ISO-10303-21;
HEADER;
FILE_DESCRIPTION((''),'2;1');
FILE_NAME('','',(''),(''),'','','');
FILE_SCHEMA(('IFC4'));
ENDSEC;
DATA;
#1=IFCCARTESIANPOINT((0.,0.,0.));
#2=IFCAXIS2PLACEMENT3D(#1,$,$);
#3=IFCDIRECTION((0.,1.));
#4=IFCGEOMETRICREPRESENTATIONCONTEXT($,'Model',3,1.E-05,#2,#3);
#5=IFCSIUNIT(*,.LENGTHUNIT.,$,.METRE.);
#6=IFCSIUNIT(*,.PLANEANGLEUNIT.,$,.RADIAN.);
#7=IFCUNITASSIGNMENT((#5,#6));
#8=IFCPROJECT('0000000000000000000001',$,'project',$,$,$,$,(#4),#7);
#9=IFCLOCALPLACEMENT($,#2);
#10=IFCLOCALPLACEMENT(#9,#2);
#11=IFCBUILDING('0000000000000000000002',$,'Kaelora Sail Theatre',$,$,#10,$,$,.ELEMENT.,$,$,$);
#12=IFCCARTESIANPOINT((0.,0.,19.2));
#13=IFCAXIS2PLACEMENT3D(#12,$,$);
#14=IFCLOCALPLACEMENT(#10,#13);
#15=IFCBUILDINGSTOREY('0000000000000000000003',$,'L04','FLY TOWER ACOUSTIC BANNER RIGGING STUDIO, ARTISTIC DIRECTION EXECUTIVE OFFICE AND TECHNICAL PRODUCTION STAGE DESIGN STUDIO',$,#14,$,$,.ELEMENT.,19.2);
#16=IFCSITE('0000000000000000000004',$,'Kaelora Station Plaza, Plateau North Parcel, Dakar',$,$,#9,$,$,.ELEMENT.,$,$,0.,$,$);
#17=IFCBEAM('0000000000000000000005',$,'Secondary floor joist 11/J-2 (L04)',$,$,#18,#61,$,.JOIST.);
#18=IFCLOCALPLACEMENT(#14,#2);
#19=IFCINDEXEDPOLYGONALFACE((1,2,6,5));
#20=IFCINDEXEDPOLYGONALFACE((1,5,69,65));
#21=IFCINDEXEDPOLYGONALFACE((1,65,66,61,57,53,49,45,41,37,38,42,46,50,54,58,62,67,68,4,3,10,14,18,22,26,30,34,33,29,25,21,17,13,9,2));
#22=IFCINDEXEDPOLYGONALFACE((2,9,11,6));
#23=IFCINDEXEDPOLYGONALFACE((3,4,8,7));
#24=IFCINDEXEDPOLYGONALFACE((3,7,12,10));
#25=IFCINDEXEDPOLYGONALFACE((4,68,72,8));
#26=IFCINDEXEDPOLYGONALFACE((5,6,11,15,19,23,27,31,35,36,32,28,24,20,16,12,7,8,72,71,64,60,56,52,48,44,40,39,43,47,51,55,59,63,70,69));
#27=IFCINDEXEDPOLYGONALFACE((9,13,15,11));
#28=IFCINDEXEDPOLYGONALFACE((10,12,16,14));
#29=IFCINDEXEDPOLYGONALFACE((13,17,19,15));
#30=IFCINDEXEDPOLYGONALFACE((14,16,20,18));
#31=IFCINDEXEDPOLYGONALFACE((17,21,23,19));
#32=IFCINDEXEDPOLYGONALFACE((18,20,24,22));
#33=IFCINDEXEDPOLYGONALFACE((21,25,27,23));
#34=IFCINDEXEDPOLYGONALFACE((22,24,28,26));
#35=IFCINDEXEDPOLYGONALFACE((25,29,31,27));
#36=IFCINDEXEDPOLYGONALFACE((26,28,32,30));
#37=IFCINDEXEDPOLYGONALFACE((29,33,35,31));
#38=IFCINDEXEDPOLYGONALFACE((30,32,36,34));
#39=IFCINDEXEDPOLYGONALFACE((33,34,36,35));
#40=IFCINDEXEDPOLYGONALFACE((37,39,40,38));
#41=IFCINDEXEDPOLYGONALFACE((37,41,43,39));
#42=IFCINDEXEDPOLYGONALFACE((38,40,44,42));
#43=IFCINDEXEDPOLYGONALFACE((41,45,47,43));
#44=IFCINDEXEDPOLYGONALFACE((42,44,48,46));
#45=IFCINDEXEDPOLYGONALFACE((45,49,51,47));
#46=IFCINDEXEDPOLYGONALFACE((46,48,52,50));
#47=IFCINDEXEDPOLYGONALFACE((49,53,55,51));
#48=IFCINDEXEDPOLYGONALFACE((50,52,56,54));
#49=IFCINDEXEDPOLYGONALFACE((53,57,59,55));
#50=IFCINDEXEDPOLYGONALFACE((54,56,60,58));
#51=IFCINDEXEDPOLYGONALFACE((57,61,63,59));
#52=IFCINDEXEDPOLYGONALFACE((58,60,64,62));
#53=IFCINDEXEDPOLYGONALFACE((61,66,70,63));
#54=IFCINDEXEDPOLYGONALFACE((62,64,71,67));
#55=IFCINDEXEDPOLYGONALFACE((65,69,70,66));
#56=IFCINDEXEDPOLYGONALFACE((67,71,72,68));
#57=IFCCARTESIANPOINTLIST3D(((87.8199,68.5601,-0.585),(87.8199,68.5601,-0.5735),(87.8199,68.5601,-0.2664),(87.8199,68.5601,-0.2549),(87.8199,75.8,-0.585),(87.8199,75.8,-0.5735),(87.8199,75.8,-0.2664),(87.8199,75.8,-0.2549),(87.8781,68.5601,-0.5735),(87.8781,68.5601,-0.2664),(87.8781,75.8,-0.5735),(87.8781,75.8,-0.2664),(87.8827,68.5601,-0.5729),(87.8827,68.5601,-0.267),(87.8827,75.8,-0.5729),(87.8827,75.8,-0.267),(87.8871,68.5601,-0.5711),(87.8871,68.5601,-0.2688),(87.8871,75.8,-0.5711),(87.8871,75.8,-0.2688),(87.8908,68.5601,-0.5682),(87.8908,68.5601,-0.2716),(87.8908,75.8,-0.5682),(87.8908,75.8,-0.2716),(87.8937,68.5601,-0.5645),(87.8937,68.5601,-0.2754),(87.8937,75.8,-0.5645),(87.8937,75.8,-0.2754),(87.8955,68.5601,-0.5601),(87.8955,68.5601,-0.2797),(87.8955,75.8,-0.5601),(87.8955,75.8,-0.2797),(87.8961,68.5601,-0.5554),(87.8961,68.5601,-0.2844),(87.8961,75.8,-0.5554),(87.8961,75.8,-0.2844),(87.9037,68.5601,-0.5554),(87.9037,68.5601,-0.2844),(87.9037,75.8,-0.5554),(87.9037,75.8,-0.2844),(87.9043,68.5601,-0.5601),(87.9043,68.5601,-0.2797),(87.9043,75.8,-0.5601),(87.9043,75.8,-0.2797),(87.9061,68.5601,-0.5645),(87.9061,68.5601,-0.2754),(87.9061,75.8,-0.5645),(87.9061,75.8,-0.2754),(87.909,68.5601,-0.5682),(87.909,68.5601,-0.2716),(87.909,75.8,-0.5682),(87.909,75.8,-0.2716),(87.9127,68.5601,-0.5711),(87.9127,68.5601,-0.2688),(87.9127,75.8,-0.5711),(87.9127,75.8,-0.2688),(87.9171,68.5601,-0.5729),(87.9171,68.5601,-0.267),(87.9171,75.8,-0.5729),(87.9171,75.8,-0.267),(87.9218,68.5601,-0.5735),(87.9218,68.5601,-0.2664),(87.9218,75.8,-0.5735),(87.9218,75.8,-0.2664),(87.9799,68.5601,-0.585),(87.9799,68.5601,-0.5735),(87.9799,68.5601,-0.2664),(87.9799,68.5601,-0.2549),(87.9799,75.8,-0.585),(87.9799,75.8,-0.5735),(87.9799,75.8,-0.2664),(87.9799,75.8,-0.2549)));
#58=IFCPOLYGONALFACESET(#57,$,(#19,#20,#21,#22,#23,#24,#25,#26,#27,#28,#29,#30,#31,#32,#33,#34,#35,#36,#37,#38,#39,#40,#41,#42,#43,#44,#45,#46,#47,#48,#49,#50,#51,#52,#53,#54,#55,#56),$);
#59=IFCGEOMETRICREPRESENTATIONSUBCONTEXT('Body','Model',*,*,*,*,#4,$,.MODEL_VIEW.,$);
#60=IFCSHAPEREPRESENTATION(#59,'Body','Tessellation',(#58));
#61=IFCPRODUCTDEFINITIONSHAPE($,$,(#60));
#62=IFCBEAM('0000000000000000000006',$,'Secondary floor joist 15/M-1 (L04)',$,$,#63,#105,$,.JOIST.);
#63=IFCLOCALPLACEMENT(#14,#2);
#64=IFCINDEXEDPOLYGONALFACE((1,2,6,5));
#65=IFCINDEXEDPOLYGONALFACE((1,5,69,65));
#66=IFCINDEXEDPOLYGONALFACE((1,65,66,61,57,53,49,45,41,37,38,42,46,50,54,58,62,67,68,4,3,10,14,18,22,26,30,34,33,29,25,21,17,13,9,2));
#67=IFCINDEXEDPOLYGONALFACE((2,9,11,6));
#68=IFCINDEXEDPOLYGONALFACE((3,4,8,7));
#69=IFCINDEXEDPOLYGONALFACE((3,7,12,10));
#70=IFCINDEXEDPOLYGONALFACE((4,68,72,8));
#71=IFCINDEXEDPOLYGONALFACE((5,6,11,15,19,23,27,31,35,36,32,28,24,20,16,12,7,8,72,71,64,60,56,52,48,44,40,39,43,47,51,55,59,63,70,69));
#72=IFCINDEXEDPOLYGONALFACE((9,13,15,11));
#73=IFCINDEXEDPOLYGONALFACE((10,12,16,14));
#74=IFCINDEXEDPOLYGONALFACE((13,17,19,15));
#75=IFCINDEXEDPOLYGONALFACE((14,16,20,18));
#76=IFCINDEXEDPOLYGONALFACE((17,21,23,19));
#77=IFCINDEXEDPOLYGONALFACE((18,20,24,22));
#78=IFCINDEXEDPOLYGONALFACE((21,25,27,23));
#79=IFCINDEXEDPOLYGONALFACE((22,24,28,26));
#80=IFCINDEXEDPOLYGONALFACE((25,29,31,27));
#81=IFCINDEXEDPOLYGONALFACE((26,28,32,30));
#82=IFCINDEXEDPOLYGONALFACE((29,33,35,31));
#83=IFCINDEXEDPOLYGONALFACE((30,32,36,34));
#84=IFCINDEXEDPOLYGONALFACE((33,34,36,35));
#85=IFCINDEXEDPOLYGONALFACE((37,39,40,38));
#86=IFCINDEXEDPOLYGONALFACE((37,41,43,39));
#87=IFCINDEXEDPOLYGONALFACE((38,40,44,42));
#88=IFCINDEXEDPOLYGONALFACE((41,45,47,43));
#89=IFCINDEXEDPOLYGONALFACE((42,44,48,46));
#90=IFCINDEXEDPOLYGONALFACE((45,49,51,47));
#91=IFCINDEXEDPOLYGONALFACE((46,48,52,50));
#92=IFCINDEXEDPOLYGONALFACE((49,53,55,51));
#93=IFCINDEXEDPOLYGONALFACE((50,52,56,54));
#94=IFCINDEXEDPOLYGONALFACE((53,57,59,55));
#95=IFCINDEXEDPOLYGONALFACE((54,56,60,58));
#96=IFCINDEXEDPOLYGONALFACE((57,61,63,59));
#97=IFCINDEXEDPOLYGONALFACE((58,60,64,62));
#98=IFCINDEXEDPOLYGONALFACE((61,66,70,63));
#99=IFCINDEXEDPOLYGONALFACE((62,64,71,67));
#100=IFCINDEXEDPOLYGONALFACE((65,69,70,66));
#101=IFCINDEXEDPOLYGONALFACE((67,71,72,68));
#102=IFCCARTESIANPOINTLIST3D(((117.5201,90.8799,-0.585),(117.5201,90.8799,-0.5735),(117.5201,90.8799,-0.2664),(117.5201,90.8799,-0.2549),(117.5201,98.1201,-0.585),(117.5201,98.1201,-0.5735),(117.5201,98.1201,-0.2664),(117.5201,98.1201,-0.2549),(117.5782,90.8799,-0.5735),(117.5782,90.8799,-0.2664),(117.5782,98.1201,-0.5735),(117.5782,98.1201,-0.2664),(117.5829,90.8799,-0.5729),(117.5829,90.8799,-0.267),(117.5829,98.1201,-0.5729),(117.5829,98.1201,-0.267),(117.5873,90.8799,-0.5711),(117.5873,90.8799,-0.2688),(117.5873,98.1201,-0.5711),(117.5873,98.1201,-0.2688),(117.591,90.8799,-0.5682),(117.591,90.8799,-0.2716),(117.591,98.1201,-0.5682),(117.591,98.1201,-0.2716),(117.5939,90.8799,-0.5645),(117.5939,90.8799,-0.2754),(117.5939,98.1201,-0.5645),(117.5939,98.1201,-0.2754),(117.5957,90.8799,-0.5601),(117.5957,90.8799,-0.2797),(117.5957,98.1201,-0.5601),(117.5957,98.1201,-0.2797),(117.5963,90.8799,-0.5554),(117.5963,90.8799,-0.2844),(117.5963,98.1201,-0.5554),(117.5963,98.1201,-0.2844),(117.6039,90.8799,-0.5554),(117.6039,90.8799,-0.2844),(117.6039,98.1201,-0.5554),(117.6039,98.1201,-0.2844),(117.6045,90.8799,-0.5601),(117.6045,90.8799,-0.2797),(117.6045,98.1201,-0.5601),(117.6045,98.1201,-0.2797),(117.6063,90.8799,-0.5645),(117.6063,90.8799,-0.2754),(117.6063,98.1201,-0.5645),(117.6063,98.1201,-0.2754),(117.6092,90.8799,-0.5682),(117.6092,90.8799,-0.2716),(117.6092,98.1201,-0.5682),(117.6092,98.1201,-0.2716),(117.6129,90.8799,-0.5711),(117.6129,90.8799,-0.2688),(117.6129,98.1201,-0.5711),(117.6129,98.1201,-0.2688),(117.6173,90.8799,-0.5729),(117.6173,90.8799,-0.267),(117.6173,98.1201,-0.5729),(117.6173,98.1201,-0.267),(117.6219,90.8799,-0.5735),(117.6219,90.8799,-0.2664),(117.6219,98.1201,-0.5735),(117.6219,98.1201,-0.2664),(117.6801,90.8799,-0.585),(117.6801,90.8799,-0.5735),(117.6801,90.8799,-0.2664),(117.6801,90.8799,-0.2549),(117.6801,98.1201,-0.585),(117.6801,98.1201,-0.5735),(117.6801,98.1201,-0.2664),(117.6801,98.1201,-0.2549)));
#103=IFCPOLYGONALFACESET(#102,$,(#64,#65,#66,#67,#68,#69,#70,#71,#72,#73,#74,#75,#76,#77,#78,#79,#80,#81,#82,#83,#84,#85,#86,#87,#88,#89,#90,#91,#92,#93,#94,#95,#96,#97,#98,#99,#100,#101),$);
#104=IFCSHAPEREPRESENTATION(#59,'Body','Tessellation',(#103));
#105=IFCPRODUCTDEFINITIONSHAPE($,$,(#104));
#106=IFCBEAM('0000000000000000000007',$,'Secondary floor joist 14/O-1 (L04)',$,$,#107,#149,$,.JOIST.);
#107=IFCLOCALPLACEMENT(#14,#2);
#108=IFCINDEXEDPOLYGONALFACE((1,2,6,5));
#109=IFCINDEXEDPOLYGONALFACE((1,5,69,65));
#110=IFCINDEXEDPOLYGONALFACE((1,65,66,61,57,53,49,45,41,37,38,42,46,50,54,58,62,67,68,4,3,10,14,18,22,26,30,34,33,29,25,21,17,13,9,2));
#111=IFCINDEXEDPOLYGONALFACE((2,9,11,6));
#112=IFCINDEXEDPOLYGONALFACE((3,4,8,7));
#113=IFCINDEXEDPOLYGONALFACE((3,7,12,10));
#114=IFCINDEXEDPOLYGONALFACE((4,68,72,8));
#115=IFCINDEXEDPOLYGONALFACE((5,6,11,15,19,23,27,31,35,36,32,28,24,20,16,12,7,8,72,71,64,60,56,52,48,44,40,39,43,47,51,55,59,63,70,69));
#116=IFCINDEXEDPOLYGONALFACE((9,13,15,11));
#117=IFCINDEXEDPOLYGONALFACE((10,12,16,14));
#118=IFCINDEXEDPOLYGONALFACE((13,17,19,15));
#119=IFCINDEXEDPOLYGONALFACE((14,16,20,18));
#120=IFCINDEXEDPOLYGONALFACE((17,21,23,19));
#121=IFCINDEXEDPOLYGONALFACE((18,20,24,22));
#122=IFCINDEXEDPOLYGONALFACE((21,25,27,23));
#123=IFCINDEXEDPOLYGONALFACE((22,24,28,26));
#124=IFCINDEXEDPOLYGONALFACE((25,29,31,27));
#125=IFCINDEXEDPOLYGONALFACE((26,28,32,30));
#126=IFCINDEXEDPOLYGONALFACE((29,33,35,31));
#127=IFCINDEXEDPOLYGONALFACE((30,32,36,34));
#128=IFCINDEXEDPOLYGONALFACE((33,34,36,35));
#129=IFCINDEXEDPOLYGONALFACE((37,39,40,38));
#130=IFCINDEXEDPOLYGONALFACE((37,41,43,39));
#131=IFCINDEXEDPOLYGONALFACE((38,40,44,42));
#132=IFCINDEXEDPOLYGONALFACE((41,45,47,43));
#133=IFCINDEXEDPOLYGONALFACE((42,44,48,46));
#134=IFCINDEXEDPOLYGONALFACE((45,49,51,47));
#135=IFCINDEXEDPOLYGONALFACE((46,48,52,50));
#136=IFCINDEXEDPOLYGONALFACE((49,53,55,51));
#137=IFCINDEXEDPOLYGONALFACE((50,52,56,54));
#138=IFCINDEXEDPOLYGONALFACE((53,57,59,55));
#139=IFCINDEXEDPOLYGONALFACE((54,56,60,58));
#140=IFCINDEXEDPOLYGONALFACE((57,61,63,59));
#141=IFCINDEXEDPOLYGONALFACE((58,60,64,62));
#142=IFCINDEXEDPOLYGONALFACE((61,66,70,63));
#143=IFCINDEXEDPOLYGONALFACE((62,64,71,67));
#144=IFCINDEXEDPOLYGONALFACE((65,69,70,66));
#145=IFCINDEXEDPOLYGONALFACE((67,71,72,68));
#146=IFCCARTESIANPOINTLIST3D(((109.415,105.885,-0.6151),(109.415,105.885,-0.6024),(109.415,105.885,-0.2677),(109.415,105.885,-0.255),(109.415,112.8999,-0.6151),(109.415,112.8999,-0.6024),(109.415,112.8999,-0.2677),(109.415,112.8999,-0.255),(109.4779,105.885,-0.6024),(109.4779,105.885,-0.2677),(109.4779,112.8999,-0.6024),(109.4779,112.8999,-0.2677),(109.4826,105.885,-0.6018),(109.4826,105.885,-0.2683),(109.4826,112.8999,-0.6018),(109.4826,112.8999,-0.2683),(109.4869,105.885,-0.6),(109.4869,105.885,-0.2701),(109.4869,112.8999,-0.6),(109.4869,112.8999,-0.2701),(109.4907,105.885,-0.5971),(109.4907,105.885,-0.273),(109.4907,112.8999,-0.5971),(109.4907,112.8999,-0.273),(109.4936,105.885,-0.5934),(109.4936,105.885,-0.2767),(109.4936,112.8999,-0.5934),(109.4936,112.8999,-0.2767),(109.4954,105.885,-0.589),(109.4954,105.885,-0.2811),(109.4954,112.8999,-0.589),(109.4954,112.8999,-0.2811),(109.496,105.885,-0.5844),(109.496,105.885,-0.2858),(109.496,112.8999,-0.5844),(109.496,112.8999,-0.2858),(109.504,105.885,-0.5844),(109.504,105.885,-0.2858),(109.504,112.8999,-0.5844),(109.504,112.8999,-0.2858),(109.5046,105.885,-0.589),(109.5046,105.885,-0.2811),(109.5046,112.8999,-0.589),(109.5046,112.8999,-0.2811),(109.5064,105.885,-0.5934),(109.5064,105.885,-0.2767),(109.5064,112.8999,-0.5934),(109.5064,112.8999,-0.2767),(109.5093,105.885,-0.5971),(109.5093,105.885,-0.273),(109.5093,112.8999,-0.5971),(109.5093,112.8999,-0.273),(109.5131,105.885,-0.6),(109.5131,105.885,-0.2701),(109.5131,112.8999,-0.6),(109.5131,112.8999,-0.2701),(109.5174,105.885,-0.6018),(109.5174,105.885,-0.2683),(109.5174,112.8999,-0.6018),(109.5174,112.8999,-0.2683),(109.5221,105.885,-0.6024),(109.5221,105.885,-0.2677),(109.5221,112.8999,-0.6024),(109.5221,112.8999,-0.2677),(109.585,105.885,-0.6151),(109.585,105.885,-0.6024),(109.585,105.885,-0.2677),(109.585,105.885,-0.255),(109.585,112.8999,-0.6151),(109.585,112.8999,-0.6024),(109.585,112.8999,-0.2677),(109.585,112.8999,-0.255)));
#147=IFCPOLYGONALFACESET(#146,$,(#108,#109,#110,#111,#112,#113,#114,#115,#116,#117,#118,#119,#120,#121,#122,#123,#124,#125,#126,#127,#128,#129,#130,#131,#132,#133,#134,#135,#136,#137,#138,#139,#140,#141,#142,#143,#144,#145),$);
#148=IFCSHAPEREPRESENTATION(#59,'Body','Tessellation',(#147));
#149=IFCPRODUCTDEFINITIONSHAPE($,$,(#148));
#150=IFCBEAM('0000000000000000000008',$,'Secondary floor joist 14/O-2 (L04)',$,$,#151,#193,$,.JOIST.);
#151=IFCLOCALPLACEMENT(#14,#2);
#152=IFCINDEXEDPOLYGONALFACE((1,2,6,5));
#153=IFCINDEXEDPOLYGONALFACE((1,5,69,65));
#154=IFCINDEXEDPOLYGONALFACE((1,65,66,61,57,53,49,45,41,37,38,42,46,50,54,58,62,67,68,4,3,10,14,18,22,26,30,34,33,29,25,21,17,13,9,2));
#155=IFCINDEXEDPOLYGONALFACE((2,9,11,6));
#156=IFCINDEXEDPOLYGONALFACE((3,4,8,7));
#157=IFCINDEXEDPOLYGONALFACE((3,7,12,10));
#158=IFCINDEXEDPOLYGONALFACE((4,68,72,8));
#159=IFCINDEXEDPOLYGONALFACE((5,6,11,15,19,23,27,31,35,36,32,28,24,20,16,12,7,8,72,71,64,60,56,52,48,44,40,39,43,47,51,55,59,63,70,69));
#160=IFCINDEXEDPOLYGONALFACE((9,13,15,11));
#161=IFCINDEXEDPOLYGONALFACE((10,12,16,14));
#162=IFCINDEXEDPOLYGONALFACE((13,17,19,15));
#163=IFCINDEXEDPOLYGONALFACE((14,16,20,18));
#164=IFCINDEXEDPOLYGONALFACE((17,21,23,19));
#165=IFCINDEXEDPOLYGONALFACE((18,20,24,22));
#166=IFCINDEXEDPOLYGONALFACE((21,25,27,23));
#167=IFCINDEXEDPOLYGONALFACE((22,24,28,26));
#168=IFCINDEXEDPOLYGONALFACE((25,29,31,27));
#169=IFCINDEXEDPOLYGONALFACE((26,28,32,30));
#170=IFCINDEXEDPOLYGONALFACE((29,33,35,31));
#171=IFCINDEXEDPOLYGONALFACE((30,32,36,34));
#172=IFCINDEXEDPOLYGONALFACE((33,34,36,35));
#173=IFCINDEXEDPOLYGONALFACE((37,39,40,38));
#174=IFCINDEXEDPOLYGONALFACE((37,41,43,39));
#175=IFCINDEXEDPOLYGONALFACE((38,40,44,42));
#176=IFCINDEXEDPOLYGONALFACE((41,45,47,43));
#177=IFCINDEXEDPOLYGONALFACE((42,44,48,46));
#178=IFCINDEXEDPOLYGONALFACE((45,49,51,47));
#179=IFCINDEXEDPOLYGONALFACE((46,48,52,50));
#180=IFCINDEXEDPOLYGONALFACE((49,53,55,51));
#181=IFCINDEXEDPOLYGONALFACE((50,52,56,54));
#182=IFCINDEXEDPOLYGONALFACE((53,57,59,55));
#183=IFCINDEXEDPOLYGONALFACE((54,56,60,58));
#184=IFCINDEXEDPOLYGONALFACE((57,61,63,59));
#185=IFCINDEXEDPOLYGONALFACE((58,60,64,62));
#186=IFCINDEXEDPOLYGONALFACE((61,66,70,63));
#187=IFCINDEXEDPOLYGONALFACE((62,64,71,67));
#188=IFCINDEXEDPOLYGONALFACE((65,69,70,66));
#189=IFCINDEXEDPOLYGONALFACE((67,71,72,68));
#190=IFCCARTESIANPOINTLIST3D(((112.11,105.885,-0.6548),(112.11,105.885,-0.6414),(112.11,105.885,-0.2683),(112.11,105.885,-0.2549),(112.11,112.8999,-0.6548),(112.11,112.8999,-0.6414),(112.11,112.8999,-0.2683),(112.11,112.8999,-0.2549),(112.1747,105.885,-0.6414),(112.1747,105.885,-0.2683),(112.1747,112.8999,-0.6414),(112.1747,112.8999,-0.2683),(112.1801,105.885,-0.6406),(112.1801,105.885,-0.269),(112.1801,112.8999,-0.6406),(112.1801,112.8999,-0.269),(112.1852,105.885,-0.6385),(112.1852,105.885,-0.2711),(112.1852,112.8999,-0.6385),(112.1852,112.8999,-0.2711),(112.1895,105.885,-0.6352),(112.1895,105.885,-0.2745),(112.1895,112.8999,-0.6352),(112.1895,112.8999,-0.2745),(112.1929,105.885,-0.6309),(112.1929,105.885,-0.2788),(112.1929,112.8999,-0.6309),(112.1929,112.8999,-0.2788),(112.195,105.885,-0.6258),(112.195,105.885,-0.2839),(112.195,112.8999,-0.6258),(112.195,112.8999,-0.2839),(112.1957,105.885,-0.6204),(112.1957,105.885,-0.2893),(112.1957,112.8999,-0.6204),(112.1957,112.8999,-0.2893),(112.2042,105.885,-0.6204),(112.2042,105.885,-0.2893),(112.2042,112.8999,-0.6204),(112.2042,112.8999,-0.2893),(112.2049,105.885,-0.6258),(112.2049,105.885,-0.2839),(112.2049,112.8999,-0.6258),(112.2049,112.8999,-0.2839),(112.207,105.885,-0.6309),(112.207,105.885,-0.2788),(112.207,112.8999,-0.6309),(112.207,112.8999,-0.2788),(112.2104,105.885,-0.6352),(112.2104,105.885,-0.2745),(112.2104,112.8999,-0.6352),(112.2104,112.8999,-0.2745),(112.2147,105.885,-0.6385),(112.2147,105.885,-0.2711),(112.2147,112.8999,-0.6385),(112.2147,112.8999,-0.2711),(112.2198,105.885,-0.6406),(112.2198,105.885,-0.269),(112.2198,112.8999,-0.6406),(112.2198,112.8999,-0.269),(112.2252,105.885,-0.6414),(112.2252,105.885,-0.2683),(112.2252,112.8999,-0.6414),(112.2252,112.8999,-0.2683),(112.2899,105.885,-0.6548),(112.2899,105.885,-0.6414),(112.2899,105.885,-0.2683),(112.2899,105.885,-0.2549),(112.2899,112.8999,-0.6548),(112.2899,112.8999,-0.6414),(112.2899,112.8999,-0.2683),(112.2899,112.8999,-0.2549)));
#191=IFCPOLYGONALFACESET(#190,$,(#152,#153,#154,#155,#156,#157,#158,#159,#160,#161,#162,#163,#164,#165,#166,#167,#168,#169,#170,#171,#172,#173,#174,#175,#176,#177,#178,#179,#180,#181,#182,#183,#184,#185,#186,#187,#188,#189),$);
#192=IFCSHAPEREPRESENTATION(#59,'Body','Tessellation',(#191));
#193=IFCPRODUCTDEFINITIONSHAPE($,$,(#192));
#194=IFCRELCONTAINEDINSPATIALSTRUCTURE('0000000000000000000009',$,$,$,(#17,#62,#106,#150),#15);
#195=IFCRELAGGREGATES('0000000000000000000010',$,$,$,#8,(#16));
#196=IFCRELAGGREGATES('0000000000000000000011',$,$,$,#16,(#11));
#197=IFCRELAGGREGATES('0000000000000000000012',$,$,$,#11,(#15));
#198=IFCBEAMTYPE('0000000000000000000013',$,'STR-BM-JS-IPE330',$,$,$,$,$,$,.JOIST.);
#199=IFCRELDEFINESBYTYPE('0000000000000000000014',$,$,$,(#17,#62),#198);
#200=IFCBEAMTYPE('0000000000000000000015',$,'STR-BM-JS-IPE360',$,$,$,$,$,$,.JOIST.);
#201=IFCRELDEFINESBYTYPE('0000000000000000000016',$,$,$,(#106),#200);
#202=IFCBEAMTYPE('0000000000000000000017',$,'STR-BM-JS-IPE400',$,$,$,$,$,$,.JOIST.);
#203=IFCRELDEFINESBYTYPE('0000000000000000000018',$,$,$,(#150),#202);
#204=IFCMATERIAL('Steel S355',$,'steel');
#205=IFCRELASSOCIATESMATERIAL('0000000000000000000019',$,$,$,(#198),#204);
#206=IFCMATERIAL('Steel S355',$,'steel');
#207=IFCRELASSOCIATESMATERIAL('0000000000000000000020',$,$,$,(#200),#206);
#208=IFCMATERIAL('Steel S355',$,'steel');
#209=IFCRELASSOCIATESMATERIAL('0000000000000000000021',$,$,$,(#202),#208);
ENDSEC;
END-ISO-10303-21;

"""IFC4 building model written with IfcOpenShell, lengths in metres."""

from ifc_helpers import new_model, si_unit, direction, frame, origin, origin_2d, place, context, subcontext, project, spatial, i_section, extrude, material, material_profile, profile_set, type_object, element, save


model = new_model("IFC4")

# Units and contexts
model_context = context("Model", 3, precision=1e-05, world=origin(), true_north=direction((0.0, 1.0)))
body_context = subcontext(model_context, "Body", "Model", "MODEL_VIEW")
ifc_project = project(units=[si_unit("LENGTHUNIT", "METRE"), si_unit("PLANEANGLEUNIT", "RADIAN")], contexts=[model_context])

# Site, building, storey
site_placement = place(None, origin())
site = spatial("IfcSite", under=ifc_project, at=site_placement, Name="Kaelora Station Plaza, Plateau North Parcel, Dakar", CompositionType="ELEMENT", RefElevation=0.0)
building_placement = place(site_placement, origin())
building = spatial("IfcBuilding", under=site, at=building_placement, Name="Kaelora Sail Theatre", CompositionType="ELEMENT")
storey_placement = place(building_placement, frame((0.0, 0.0, 19.2)))
storey = spatial("IfcBuildingStorey", under=building, at=storey_placement, Name="L04", Description="FLY TOWER ACOUSTIC BANNER RIGGING STUDIO, ARTISTIC DIRECTION EXECUTIVE OFFICE AND TECHNICAL PRODUCTION STAGE DESIGN STUDIO", CompositionType="ELEMENT", Elevation=19.2)

# Beams
ifc_material_1 = material(Name="Steel S355", Category="steel")
ifc_material_profile_1 = material_profile(ifc_material_1, i_section(OverallWidth=0.1599, OverallDepth=0.3301, WebThickness=0.0076, FlangeThickness=0.0115, FilletRadius=0.0181, at=origin_2d()), Name="IPE 330")
ifc_profile_set_1 = profile_set([ifc_material_profile_1], Name="Steel S355")
beam_type_1 = type_object("IfcBeamType", Name="STR-BM-JS-IPE330", PredefinedType="JOIST", material=ifc_profile_set_1)
beam_1_placement = place(storey_placement, frame((87.8999, 68.5601, -0.4199), z_axis=(0.0, 1.0, 0.0), x_axis=(-1.0, 0.0, 0.0)))
element("IfcBeam", 1, at=beam_1_placement, inside=storey, type_object=beam_type_1, Name="Secondary floor joist 11/J-2 (L04)", PredefinedType="JOIST", context=body_context, shape_type="SweptSolid", body=[
    extrude(i_section(OverallWidth=0.1599, OverallDepth=0.3301, WebThickness=0.0076, FlangeThickness=0.0115, FilletRadius=0.0181, at=origin_2d()), origin(), (0.0, 0.0, 1.0), 7.24),
])
beam_2_placement = place(storey_placement, frame((117.6001, 90.8799, -0.4199), z_axis=(0.0, 1.0, 0.0), x_axis=(-1.0, 0.0, 0.0)))
element("IfcBeam", 2, at=beam_2_placement, inside=storey, type_object=beam_type_1, Name="Secondary floor joist 15/M-1 (L04)", PredefinedType="JOIST", context=body_context, shape_type="SweptSolid", body=[
    extrude(i_section(OverallWidth=0.1599, OverallDepth=0.3301, WebThickness=0.0076, FlangeThickness=0.0115, FilletRadius=0.0181, at=origin_2d()), origin(), (0.0, 0.0, 1.0), 7.2402),
])
ifc_material_2 = material(Name="Steel S355", Category="steel")
ifc_material_profile_2 = material_profile(ifc_material_2, i_section(OverallWidth=0.1699, OverallDepth=0.3601, WebThickness=0.0081, FlangeThickness=0.0127, FilletRadius=0.0181, at=origin_2d()), Name="IPE 360")
ifc_profile_set_2 = profile_set([ifc_material_profile_2], Name="Steel S355")
beam_type_2 = type_object("IfcBeamType", Name="STR-BM-JS-IPE360", PredefinedType="JOIST", material=ifc_profile_set_2)
beam_3_placement = place(storey_placement, frame((109.5, 105.885, -0.4351), z_axis=(0.0, 1.0, 0.0), x_axis=(-1.0, 0.0, 0.0)))
element("IfcBeam", 3, at=beam_3_placement, inside=storey, type_object=beam_type_2, Name="Secondary floor joist 14/O-1 (L04)", PredefinedType="JOIST", context=body_context, shape_type="SweptSolid", body=[
    extrude(i_section(OverallWidth=0.1699, OverallDepth=0.3601, WebThickness=0.0081, FlangeThickness=0.0127, FilletRadius=0.0181, at=origin_2d()), origin(), (0.0, 0.0, 1.0), 7.0149),
])
ifc_material_3 = material(Name="Steel S355", Category="steel")
ifc_material_profile_3 = material_profile(ifc_material_3, i_section(OverallWidth=0.1799, OverallDepth=0.3999, WebThickness=0.0085, FlangeThickness=0.0134, FilletRadius=0.021, at=origin_2d()), Name="IPE 400")
ifc_profile_set_3 = profile_set([ifc_material_profile_3], Name="Steel S355")
beam_type_3 = type_object("IfcBeamType", Name="STR-BM-JS-IPE400", PredefinedType="JOIST", material=ifc_profile_set_3)
beam_4_placement = place(storey_placement, frame((112.2, 105.885, -0.4548), z_axis=(0.0, 1.0, 0.0), x_axis=(-1.0, 0.0, 0.0)))
element("IfcBeam", 4, at=beam_4_placement, inside=storey, type_object=beam_type_3, Name="Secondary floor joist 14/O-2 (L04)", PredefinedType="JOIST", context=body_context, shape_type="SweptSolid", body=[
    extrude(i_section(OverallWidth=0.1799, OverallDepth=0.3999, WebThickness=0.0085, FlangeThickness=0.0134, FilletRadius=0.021, at=origin_2d()), origin(), (0.0, 0.0, 1.0), 7.0149),
])

save(model, "model.ifc")
